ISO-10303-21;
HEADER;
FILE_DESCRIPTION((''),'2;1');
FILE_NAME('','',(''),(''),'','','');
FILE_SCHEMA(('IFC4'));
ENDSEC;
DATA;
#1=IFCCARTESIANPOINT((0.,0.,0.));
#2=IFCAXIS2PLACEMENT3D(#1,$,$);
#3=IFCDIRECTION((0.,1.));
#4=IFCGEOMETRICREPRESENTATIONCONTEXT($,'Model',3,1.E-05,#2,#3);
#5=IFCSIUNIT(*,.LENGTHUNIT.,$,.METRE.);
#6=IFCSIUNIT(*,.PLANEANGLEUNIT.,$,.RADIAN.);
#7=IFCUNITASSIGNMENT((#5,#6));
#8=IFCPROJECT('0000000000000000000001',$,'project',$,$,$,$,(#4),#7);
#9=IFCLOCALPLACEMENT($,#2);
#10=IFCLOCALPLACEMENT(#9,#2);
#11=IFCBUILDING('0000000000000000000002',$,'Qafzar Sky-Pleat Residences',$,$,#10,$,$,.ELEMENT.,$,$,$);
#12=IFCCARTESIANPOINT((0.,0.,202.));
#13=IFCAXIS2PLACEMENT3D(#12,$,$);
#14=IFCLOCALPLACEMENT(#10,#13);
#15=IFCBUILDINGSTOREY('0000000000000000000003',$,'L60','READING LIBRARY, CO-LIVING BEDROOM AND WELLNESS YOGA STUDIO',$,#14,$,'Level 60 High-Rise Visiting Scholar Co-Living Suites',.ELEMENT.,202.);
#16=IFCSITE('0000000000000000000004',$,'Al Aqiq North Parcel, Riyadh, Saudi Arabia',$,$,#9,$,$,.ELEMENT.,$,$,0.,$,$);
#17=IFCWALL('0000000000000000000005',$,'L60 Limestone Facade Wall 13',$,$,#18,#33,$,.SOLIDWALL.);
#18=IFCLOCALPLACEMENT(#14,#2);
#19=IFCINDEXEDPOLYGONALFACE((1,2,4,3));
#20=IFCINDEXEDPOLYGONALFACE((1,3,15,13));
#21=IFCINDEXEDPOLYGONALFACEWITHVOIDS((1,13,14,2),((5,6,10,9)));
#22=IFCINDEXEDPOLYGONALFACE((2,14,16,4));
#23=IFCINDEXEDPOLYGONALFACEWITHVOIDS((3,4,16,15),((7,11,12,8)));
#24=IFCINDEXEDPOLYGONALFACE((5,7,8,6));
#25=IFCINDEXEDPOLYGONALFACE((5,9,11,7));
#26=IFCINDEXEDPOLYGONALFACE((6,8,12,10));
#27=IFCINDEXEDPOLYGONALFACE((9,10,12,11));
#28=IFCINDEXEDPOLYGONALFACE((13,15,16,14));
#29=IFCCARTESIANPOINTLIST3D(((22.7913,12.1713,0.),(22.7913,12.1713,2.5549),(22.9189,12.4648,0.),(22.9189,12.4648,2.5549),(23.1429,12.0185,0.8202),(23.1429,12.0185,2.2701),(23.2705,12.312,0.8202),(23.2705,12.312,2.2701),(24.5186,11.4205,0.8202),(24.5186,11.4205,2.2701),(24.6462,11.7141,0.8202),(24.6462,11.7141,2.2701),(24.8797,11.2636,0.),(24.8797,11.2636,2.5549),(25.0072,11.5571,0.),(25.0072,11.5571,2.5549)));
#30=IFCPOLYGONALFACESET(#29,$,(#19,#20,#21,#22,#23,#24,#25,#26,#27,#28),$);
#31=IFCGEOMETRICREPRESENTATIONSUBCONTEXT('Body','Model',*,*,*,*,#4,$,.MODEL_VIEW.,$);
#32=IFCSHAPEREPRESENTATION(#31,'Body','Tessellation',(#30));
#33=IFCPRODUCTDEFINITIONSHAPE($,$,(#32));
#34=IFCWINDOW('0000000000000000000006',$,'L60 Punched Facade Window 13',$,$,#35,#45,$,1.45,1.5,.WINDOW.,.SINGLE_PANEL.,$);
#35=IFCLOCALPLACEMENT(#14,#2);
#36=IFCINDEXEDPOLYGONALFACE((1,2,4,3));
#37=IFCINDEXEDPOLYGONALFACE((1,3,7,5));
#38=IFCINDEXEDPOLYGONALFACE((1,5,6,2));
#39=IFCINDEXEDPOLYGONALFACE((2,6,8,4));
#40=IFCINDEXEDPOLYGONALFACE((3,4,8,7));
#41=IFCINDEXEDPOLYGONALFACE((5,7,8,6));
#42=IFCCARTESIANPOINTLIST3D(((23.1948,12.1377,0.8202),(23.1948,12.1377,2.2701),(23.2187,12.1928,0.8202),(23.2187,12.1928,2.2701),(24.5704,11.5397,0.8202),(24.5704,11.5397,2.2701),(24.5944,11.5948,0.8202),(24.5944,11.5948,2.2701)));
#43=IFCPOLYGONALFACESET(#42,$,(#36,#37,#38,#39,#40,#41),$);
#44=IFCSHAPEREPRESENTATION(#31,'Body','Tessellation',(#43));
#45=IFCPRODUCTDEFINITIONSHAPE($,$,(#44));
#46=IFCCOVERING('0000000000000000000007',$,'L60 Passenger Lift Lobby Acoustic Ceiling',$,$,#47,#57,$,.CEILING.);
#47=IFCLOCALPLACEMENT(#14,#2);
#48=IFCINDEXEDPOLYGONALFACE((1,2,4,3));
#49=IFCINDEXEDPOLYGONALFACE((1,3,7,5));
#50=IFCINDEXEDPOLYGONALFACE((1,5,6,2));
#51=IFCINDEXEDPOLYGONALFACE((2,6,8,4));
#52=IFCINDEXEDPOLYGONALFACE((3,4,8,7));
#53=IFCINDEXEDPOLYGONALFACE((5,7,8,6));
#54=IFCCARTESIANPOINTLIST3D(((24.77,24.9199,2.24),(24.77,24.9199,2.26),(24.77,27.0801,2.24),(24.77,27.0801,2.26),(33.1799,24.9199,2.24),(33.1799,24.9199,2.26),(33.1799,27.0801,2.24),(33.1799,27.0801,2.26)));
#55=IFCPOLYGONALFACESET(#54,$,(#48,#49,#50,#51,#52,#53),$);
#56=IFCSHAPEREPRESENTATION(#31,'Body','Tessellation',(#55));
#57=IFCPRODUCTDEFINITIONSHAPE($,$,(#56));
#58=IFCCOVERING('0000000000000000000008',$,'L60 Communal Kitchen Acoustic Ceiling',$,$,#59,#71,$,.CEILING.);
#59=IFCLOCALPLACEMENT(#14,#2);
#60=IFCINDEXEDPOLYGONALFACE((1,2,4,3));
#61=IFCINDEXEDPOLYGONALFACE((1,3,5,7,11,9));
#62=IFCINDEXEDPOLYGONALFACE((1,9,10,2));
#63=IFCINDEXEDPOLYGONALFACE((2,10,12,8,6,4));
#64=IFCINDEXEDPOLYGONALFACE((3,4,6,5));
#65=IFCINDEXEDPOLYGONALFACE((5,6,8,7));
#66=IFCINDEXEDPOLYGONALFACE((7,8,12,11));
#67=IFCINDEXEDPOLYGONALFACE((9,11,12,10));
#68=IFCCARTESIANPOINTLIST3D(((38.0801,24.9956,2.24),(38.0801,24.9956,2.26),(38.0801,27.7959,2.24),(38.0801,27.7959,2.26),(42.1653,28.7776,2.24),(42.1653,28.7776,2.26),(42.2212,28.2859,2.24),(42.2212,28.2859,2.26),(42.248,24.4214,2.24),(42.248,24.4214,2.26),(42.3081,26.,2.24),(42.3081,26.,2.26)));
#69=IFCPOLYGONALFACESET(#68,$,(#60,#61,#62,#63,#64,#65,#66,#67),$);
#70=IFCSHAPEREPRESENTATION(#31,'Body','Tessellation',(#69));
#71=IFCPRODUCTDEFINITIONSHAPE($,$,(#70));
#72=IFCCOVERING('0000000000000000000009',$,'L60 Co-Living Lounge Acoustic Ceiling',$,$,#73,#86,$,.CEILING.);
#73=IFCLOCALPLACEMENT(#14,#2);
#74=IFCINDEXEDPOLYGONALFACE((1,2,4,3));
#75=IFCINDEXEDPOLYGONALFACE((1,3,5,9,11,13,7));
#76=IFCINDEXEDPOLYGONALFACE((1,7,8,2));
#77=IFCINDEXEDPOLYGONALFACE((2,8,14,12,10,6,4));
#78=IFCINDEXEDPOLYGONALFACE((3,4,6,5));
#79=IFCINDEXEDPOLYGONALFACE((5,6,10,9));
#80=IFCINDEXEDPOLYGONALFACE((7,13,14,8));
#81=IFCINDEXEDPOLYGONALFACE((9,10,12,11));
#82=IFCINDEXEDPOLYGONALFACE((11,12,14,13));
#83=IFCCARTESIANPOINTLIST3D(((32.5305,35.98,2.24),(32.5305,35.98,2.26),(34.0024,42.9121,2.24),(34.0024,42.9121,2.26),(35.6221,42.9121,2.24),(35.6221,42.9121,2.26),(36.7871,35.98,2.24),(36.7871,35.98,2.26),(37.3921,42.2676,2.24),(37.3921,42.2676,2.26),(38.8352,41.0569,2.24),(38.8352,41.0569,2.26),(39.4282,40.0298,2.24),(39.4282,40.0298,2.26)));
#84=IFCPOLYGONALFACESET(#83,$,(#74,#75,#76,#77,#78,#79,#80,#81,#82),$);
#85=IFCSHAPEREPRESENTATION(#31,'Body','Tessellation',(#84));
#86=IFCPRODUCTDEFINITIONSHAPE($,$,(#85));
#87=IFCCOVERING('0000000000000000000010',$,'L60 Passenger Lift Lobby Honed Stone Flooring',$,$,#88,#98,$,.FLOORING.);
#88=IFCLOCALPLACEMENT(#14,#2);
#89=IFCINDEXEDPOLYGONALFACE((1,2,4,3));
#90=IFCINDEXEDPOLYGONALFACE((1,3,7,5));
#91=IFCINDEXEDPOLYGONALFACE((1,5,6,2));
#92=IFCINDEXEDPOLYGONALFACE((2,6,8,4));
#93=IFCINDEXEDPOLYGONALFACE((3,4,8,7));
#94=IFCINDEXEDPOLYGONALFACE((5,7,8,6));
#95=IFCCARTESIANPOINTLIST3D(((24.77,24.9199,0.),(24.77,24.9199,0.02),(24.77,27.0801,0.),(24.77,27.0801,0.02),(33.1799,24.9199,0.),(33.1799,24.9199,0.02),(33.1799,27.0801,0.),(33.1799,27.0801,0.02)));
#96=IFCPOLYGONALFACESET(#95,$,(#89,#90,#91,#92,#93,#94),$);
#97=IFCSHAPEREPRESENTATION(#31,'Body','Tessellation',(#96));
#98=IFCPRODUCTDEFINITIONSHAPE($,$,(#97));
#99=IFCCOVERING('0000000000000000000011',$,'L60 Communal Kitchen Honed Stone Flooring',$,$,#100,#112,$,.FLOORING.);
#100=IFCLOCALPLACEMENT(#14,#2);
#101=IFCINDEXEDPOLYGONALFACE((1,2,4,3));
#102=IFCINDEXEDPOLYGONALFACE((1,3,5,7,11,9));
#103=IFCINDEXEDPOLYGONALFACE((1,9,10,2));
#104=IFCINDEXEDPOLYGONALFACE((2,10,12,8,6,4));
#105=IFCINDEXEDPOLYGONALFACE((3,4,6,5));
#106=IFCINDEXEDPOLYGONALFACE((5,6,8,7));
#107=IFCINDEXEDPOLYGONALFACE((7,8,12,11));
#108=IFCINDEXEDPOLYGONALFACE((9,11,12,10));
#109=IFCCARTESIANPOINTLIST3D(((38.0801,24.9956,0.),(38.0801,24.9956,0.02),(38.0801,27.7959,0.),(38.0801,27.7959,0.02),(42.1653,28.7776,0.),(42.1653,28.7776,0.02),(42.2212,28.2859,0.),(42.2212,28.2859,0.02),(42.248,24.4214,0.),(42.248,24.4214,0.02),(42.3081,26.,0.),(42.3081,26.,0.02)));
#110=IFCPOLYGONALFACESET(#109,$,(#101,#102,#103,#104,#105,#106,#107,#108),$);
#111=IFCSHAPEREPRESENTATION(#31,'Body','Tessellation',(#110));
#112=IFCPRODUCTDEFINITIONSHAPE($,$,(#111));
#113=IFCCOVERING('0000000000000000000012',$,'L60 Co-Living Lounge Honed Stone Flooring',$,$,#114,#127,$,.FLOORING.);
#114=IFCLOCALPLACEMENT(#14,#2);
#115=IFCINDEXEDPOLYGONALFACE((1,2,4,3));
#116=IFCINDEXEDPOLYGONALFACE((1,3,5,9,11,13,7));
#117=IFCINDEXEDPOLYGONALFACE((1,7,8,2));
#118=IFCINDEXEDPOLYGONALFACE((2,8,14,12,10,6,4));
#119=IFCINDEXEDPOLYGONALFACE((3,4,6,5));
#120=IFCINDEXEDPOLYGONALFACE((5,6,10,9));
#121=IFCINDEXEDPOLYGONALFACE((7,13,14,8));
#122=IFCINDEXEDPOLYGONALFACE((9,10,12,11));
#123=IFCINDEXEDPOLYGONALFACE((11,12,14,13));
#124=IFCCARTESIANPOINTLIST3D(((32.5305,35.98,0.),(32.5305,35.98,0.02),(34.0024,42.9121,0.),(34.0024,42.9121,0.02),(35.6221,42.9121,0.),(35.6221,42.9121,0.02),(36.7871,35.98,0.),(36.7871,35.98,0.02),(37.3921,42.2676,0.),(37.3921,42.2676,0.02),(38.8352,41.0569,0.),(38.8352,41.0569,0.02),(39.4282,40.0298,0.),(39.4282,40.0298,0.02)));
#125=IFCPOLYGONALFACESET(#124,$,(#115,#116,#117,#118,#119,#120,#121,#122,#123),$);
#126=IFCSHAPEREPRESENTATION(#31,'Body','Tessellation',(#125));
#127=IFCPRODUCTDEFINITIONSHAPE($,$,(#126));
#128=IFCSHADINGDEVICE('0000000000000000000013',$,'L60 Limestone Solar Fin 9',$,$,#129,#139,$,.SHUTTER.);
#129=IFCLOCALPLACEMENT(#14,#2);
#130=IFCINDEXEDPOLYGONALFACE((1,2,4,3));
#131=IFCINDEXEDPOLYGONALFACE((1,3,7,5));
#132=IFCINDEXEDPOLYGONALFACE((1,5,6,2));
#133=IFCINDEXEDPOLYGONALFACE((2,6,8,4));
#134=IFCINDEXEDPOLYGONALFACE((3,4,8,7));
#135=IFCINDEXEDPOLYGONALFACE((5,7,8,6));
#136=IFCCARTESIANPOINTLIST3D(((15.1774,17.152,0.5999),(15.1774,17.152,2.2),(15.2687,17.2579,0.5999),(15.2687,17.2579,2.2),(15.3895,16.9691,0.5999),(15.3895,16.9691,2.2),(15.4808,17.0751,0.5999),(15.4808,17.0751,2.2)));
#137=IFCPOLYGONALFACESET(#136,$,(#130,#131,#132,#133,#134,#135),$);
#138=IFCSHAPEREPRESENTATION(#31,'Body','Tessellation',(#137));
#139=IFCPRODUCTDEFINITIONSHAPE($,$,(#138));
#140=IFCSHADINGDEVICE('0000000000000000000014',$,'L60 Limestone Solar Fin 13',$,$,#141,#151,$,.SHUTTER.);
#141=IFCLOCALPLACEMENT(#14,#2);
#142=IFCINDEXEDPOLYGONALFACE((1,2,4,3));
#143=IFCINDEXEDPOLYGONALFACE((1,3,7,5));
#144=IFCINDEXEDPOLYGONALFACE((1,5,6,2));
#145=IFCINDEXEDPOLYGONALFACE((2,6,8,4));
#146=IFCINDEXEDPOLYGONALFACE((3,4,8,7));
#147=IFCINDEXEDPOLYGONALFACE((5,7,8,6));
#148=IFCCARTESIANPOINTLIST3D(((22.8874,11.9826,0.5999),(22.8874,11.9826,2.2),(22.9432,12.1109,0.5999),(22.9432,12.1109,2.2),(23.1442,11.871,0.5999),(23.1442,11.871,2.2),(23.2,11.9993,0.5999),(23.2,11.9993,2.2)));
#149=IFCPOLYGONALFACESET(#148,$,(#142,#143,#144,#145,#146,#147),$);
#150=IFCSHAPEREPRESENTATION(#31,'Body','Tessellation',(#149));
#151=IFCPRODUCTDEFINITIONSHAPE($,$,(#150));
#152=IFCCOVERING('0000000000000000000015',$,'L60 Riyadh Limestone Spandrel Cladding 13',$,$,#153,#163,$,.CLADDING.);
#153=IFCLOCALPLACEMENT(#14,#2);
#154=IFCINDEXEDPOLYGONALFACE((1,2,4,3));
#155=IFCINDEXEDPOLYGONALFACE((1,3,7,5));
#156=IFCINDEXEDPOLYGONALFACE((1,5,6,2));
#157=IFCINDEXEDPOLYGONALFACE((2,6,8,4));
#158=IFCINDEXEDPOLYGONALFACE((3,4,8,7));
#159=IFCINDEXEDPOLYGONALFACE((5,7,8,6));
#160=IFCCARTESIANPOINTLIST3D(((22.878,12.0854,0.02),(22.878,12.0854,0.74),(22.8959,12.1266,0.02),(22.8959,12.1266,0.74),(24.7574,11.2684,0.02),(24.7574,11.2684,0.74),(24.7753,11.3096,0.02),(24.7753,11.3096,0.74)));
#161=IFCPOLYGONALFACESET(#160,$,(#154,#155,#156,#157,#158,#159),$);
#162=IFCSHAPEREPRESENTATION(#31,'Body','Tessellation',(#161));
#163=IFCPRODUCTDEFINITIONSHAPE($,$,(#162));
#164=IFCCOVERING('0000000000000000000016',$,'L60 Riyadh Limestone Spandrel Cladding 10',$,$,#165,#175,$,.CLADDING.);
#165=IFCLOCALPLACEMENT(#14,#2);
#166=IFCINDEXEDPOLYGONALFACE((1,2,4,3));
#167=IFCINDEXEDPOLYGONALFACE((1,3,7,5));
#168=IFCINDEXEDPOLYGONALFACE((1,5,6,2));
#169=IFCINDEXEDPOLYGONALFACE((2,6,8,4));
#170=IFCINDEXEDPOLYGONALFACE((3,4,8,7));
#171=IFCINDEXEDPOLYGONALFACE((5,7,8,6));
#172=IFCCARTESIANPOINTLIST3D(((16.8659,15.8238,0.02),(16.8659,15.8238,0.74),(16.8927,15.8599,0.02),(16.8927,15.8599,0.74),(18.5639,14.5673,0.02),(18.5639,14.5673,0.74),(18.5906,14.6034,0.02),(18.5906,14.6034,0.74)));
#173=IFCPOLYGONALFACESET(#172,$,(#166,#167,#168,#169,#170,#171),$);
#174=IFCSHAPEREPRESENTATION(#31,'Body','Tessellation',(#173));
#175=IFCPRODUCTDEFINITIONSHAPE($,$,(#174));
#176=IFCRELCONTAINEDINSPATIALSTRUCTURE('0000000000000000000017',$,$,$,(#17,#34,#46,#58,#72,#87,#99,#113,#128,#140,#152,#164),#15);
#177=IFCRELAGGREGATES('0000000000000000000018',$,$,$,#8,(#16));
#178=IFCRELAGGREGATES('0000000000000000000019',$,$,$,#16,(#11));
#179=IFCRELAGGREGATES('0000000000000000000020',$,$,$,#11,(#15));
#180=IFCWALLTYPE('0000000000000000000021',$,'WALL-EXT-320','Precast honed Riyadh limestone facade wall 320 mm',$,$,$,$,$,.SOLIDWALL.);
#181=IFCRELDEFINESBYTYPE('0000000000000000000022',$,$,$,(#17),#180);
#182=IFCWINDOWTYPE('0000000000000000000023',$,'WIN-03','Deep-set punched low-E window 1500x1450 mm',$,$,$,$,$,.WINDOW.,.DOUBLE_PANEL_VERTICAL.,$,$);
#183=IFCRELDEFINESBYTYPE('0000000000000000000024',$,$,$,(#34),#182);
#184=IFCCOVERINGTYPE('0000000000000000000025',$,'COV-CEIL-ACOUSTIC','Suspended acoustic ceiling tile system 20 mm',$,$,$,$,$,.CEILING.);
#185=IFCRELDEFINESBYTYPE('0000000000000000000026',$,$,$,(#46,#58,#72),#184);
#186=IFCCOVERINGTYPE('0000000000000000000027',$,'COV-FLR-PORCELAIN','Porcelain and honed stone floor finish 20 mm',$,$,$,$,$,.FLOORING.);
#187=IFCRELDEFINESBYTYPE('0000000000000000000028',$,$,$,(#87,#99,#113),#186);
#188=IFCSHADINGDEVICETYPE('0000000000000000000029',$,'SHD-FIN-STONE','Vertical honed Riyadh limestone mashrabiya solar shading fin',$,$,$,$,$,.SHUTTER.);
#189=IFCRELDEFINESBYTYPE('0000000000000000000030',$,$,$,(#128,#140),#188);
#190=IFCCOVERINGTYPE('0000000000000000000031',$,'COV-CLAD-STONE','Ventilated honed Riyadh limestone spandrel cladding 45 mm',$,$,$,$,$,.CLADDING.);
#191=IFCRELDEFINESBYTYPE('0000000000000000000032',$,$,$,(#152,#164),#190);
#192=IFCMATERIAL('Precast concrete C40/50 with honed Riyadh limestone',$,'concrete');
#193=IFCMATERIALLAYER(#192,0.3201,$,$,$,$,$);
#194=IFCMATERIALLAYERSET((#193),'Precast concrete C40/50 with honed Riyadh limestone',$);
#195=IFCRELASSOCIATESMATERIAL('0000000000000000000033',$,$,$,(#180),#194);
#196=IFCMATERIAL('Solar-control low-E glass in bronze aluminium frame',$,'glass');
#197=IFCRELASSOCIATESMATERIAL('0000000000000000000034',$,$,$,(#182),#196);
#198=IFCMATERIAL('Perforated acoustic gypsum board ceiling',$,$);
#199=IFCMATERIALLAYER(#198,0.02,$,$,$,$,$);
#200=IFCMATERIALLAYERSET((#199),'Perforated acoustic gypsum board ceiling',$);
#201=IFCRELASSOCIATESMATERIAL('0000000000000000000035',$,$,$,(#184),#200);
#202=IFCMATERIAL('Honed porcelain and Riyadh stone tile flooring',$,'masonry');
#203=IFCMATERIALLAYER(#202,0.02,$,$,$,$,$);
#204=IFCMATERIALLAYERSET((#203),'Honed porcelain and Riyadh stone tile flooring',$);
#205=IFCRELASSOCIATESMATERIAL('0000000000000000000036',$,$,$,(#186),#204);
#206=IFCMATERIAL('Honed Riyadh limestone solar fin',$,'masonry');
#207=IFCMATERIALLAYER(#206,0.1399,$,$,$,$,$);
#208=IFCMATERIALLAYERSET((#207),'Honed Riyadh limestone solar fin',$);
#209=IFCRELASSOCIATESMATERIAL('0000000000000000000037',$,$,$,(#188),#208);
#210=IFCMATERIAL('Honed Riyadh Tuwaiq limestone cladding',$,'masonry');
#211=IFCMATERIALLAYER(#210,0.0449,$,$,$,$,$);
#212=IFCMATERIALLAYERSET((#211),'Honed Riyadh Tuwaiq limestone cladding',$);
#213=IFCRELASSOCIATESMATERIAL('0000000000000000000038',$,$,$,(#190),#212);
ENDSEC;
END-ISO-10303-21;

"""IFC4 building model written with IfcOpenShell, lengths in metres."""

from ifc_helpers import new_model, si_unit, direction, frame, frame_2d, origin, origin_2d, place, context, subcontext, project, spatial, polyline, rectangle, outline, extrude, source, transform, mapped, material, layer, layer_set, type_object, element, fill, save


model = new_model("IFC4")

# Units and contexts
model_context = context("Model", 3, precision=1e-05, world=origin(), true_north=direction((0.0, 1.0)))
body_context = subcontext(model_context, "Body", "Model", "MODEL_VIEW")
ifc_project = project(units=[si_unit("LENGTHUNIT", "METRE"), si_unit("PLANEANGLEUNIT", "RADIAN")], contexts=[model_context])

# Site, building, storey
site_placement = place(None, origin())
site = spatial("IfcSite", under=ifc_project, at=site_placement, Name="Al Aqiq North Parcel, Riyadh, Saudi Arabia", CompositionType="ELEMENT", RefElevation=0.0)
building_placement = place(site_placement, origin())
building = spatial("IfcBuilding", under=site, at=building_placement, Name="Qafzar Sky-Pleat Residences", CompositionType="ELEMENT")
storey_placement = place(building_placement, frame((0.0, 0.0, 202.0)))
storey = spatial("IfcBuildingStorey", under=building, at=storey_placement, Name="L60", Description="READING LIBRARY, CO-LIVING BEDROOM AND WELLNESS YOGA STUDIO", LongName="Level 60 High-Rise Visiting Scholar Co-Living Suites", CompositionType="ELEMENT", Elevation=202.0)

# Wall, opening, window
ifc_material_1 = material(Name="Precast concrete C40/50 with honed Riyadh limestone", Category="concrete")
ifc_layer_1 = layer(ifc_material_1, 0.3201)
ifc_layer_set_1 = layer_set([ifc_layer_1], Name="Precast concrete C40/50 with honed Riyadh limestone")
wall_type_1 = type_object("IfcWallType", Name="WALL-EXT-320", Description="Precast honed Riyadh limestone facade wall 320 mm", PredefinedType="SOLIDWALL", material=ifc_layer_set_1)
ifc_material_2 = material(Name="Solar-control low-E glass in bronze aluminium frame", Category="glass")
wall_1_placement = place(storey_placement, frame((22.855, 12.3181, 0.0), z_axis=(0.0, 0.0, 1.0), x_axis=(0.917114, -0.398624, 0.0)))
wall_1 = element("IfcWall", 1, at=wall_1_placement, inside=storey, type_object=wall_type_1, Name="L60 Limestone Facade Wall 13", PredefinedType="SOLIDWALL", context=body_context, shape_type="SweptSolid", body=[
    extrude(rectangle(XDim=2.2771, YDim=0.3201, at=frame_2d((1.1387, 0.0))), origin(), (0.0, 0.0, 1.0), 2.5549),
])
opening_1_placement = place(wall_1_placement, frame((0.3835, 0.0, 0.8201)))
opening_1 = element("IfcOpeningElement", 2, at=opening_1_placement, cuts=wall_1, PredefinedType="OPENING", context=body_context, shape_type="SweptSolid", body=[
    extrude(rectangle(XDim=1.5, YDim=1.45, at=frame_2d((0.75, 0.7251))), frame((0.0, 0.1699, 0.0), z_axis=(0.0, -1.0, 0.0), x_axis=(1.0, 0.0, 0.0)), (0.0, 0.0, 1.0), 0.3401),
])
window_type_1 = type_object("IfcWindowType", Name="WIN-03", Description="Deep-set punched low-E window 1500x1450 mm", PartitioningType="DOUBLE_PANEL_VERTICAL", PredefinedType="WINDOW", material=ifc_material_2)
shared_shape_1 = source(origin(), body_context, "Body", "SweptSolid", [
    extrude(rectangle(XDim=1.5, YDim=1.45, at=frame_2d((0.75, 0.7251))), frame((0.0, 0.03, 0.0), z_axis=(0.0, -1.0, 0.0), x_axis=(1.0, 0.0, 0.0)), (0.0, 0.0, 1.0), 0.0601),
])
window_1_placement = place(opening_1_placement, origin())
window_1 = element("IfcWindow", 3, at=window_1_placement, inside=storey, type_object=window_type_1, Name="L60 Punched Facade Window 13", OverallHeight=1.45, OverallWidth=1.5, PartitioningType="SINGLE_PANEL", PredefinedType="WINDOW", context=body_context, shape_type="MappedRepresentation", body=[
    mapped(shared_shape_1, transform((0.0, 0.0, 0.0), x_axis=(1.0, 0.0, 0.0), y_axis=(0.0, 1.0, 0.0), z_axis=(0.0, 0.0, 1.0), scale=1.0)),
])
fill(opening_1, window_1)

# Coverings
ifc_material_3 = material(Name="Perforated acoustic gypsum board ceiling")
ifc_layer_2 = layer(ifc_material_3, 0.02)
ifc_layer_set_2 = layer_set([ifc_layer_2], Name="Perforated acoustic gypsum board ceiling")
covering_type_1 = type_object("IfcCoveringType", Name="COV-CEIL-ACOUSTIC", Description="Suspended acoustic ceiling tile system 20 mm", PredefinedType="CEILING", material=ifc_layer_set_2)
covering_1_placement = place(storey_placement, frame((0.0, 0.0, 2.24)))
element("IfcCovering", 4, at=covering_1_placement, inside=storey, type_object=covering_type_1, Name="L60 Passenger Lift Lobby Acoustic Ceiling", PredefinedType="CEILING", context=body_context, shape_type="SweptSolid", body=[
    extrude(outline(polyline([(33.1799, 24.9199), (24.77, 24.9199), (24.77, 27.0801), (33.1799, 27.0801), (33.1799, 24.9199)])), origin(), (0.0, 0.0, 1.0), 0.02),
])
covering_2_placement = place(storey_placement, frame((0.0, 0.0, 2.24)))
element("IfcCovering", 5, at=covering_2_placement, inside=storey, type_object=covering_type_1, Name="L60 Communal Kitchen Acoustic Ceiling", PredefinedType="CEILING", context=body_context, shape_type="SweptSolid", body=[
    extrude(outline(polyline([(42.2212, 28.2859), (42.3081, 26.0), (42.248, 24.4214), (38.0801, 24.9956), (38.0801, 27.7959), (42.1653, 28.7776), (42.2212, 28.2859)])), origin(), (0.0, 0.0, 1.0), 0.02),
])
covering_3_placement = place(storey_placement, frame((0.0, 0.0, 2.24)))
element("IfcCovering", 6, at=covering_3_placement, inside=storey, type_object=covering_type_1, Name="L60 Co-Living Lounge Acoustic Ceiling", PredefinedType="CEILING", context=body_context, shape_type="SweptSolid", body=[
    extrude(outline(polyline([(35.6221, 42.9121), (37.3921, 42.2676), (38.8352, 41.0569), (39.4282, 40.0298), (36.7871, 35.98), (32.5305, 35.98), (34.0024, 42.9121), (35.6221, 42.9121)])), origin(), (0.0, 0.0, 1.0), 0.02),
])
ifc_material_4 = material(Name="Honed porcelain and Riyadh stone tile flooring", Category="masonry")
ifc_layer_3 = layer(ifc_material_4, 0.02)
ifc_layer_set_3 = layer_set([ifc_layer_3], Name="Honed porcelain and Riyadh stone tile flooring")
covering_type_2 = type_object("IfcCoveringType", Name="COV-FLR-PORCELAIN", Description="Porcelain and honed stone floor finish 20 mm", PredefinedType="FLOORING", material=ifc_layer_set_3)
covering_4_placement = place(storey_placement, origin())
element("IfcCovering", 7, at=covering_4_placement, inside=storey, type_object=covering_type_2, Name="L60 Passenger Lift Lobby Honed Stone Flooring", PredefinedType="FLOORING", context=body_context, shape_type="SweptSolid", body=[
    extrude(outline(polyline([(33.1799, 24.9199), (24.77, 24.9199), (24.77, 27.0801), (33.1799, 27.0801), (33.1799, 24.9199)])), origin(), (0.0, 0.0, 1.0), 0.02),
])
covering_5_placement = place(storey_placement, origin())
element("IfcCovering", 8, at=covering_5_placement, inside=storey, type_object=covering_type_2, Name="L60 Communal Kitchen Honed Stone Flooring", PredefinedType="FLOORING", context=body_context, shape_type="SweptSolid", body=[
    extrude(outline(polyline([(42.2212, 28.2859), (42.3081, 26.0), (42.248, 24.4214), (38.0801, 24.9956), (38.0801, 27.7959), (42.1653, 28.7776), (42.2212, 28.2859)])), origin(), (0.0, 0.0, 1.0), 0.02),
])
covering_6_placement = place(storey_placement, origin())
element("IfcCovering", 9, at=covering_6_placement, inside=storey, type_object=covering_type_2, Name="L60 Co-Living Lounge Honed Stone Flooring", PredefinedType="FLOORING", context=body_context, shape_type="SweptSolid", body=[
    extrude(outline(polyline([(35.6221, 42.9121), (37.3921, 42.2676), (38.8352, 41.0569), (39.4282, 40.0298), (36.7871, 35.98), (32.5305, 35.98), (34.0024, 42.9121), (35.6221, 42.9121)])), origin(), (0.0, 0.0, 1.0), 0.02),
])

# Shading devices
ifc_material_5 = material(Name="Honed Riyadh limestone solar fin", Category="masonry")
ifc_layer_4 = layer(ifc_material_5, 0.1399)
ifc_layer_set_4 = layer_set([ifc_layer_4], Name="Honed Riyadh limestone solar fin")
shading_device_type = type_object("IfcShadingDeviceType", Name="SHD-FIN-STONE", Description="Vertical honed Riyadh limestone mashrabiya solar shading fin", PredefinedType="SHUTTER", material=ifc_layer_set_4)
shared_shape_2 = source(origin(), body_context, "Body", "SweptSolid", [
    extrude(rectangle(XDim=0.1399, YDim=0.28, at=origin_2d()), origin(), (0.0, 0.0, 1.0), 1.6001),
])
for number, where, z_axis, x_axis, name in (
    (10, (15.3291, 17.1135, 0.5999), (0.0, 0.0, 1.0), (-0.652866, -0.757474, 0.0), "L60 Limestone Solar Fin 9"),
    (11, (23.0437, 11.991, 0.5999), (0.0, 0.0, 1.0), (-0.398671, -0.917094, 0.0), "L60 Limestone Solar Fin 13"),
):
    element("IfcShadingDevice", number, at=place(storey_placement, frame(where, z_axis=z_axis, x_axis=x_axis)), inside=storey, type_object=shading_device_type, Name=name, PredefinedType="SHUTTER", context=body_context, shape_type="MappedRepresentation", body=[
        mapped(shared_shape_2, transform((0.0, 0.0, 0.0), x_axis=(1.0, 0.0, 0.0), y_axis=(0.0, 1.0, 0.0), z_axis=(0.0, 0.0, 1.0), scale=1.0)),
    ])

# Coverings
ifc_material_6 = material(Name="Honed Riyadh Tuwaiq limestone cladding", Category="masonry")
ifc_layer_5 = layer(ifc_material_6, 0.0449)
ifc_layer_set_5 = layer_set([ifc_layer_5], Name="Honed Riyadh Tuwaiq limestone cladding")
covering_type_3 = type_object("IfcCoveringType", Name="COV-CLAD-STONE", Description="Ventilated honed Riyadh limestone spandrel cladding 45 mm", PredefinedType="CLADDING", material=ifc_layer_set_5)
shared_shape_3 = source(origin(), body_context, "Body", "SweptSolid", [
    extrude(rectangle(XDim=2.0493, YDim=0.0449, at=origin_2d()), origin(), (0.0, 0.0, 1.0), 0.72),
])
covering_7_placement = place(storey_placement, frame((23.8267, 11.6975, 0.02), z_axis=(0.0, 0.0, 1.0), x_axis=(0.917088, -0.398684, 0.0)))
element("IfcCovering", 12, at=covering_7_placement, inside=storey, type_object=covering_type_3, Name="L60 Riyadh Limestone Spandrel Cladding 13", PredefinedType="CLADDING", context=body_context, shape_type="MappedRepresentation", body=[
    mapped(shared_shape_3, transform((0.0, 0.0, 0.0), x_axis=(1.0, 0.0, 0.0), y_axis=(0.0, 1.0, 0.0), z_axis=(0.0, 0.0, 1.0), scale=1.0)),
])
shared_shape_4 = source(origin(), body_context, "Body", "SweptSolid", [
    extrude(rectangle(XDim=2.1123, YDim=0.0449, at=origin_2d()), origin(), (0.0, 0.0, 1.0), 0.72),
])
covering_8_placement = place(storey_placement, frame((17.7283, 15.2136, 0.02), z_axis=(0.0, 0.0, 1.0), x_axis=(0.803839, -0.594847, 0.0)))
element("IfcCovering", 13, at=covering_8_placement, inside=storey, type_object=covering_type_3, Name="L60 Riyadh Limestone Spandrel Cladding 10", PredefinedType="CLADDING", context=body_context, shape_type="MappedRepresentation", body=[
    mapped(shared_shape_4, transform((0.0, 0.0, 0.0), x_axis=(1.0, 0.0, 0.0), y_axis=(0.0, 1.0, 0.0), z_axis=(0.0, 0.0, 1.0), scale=1.0)),
])

save(model, "model.ifc")
